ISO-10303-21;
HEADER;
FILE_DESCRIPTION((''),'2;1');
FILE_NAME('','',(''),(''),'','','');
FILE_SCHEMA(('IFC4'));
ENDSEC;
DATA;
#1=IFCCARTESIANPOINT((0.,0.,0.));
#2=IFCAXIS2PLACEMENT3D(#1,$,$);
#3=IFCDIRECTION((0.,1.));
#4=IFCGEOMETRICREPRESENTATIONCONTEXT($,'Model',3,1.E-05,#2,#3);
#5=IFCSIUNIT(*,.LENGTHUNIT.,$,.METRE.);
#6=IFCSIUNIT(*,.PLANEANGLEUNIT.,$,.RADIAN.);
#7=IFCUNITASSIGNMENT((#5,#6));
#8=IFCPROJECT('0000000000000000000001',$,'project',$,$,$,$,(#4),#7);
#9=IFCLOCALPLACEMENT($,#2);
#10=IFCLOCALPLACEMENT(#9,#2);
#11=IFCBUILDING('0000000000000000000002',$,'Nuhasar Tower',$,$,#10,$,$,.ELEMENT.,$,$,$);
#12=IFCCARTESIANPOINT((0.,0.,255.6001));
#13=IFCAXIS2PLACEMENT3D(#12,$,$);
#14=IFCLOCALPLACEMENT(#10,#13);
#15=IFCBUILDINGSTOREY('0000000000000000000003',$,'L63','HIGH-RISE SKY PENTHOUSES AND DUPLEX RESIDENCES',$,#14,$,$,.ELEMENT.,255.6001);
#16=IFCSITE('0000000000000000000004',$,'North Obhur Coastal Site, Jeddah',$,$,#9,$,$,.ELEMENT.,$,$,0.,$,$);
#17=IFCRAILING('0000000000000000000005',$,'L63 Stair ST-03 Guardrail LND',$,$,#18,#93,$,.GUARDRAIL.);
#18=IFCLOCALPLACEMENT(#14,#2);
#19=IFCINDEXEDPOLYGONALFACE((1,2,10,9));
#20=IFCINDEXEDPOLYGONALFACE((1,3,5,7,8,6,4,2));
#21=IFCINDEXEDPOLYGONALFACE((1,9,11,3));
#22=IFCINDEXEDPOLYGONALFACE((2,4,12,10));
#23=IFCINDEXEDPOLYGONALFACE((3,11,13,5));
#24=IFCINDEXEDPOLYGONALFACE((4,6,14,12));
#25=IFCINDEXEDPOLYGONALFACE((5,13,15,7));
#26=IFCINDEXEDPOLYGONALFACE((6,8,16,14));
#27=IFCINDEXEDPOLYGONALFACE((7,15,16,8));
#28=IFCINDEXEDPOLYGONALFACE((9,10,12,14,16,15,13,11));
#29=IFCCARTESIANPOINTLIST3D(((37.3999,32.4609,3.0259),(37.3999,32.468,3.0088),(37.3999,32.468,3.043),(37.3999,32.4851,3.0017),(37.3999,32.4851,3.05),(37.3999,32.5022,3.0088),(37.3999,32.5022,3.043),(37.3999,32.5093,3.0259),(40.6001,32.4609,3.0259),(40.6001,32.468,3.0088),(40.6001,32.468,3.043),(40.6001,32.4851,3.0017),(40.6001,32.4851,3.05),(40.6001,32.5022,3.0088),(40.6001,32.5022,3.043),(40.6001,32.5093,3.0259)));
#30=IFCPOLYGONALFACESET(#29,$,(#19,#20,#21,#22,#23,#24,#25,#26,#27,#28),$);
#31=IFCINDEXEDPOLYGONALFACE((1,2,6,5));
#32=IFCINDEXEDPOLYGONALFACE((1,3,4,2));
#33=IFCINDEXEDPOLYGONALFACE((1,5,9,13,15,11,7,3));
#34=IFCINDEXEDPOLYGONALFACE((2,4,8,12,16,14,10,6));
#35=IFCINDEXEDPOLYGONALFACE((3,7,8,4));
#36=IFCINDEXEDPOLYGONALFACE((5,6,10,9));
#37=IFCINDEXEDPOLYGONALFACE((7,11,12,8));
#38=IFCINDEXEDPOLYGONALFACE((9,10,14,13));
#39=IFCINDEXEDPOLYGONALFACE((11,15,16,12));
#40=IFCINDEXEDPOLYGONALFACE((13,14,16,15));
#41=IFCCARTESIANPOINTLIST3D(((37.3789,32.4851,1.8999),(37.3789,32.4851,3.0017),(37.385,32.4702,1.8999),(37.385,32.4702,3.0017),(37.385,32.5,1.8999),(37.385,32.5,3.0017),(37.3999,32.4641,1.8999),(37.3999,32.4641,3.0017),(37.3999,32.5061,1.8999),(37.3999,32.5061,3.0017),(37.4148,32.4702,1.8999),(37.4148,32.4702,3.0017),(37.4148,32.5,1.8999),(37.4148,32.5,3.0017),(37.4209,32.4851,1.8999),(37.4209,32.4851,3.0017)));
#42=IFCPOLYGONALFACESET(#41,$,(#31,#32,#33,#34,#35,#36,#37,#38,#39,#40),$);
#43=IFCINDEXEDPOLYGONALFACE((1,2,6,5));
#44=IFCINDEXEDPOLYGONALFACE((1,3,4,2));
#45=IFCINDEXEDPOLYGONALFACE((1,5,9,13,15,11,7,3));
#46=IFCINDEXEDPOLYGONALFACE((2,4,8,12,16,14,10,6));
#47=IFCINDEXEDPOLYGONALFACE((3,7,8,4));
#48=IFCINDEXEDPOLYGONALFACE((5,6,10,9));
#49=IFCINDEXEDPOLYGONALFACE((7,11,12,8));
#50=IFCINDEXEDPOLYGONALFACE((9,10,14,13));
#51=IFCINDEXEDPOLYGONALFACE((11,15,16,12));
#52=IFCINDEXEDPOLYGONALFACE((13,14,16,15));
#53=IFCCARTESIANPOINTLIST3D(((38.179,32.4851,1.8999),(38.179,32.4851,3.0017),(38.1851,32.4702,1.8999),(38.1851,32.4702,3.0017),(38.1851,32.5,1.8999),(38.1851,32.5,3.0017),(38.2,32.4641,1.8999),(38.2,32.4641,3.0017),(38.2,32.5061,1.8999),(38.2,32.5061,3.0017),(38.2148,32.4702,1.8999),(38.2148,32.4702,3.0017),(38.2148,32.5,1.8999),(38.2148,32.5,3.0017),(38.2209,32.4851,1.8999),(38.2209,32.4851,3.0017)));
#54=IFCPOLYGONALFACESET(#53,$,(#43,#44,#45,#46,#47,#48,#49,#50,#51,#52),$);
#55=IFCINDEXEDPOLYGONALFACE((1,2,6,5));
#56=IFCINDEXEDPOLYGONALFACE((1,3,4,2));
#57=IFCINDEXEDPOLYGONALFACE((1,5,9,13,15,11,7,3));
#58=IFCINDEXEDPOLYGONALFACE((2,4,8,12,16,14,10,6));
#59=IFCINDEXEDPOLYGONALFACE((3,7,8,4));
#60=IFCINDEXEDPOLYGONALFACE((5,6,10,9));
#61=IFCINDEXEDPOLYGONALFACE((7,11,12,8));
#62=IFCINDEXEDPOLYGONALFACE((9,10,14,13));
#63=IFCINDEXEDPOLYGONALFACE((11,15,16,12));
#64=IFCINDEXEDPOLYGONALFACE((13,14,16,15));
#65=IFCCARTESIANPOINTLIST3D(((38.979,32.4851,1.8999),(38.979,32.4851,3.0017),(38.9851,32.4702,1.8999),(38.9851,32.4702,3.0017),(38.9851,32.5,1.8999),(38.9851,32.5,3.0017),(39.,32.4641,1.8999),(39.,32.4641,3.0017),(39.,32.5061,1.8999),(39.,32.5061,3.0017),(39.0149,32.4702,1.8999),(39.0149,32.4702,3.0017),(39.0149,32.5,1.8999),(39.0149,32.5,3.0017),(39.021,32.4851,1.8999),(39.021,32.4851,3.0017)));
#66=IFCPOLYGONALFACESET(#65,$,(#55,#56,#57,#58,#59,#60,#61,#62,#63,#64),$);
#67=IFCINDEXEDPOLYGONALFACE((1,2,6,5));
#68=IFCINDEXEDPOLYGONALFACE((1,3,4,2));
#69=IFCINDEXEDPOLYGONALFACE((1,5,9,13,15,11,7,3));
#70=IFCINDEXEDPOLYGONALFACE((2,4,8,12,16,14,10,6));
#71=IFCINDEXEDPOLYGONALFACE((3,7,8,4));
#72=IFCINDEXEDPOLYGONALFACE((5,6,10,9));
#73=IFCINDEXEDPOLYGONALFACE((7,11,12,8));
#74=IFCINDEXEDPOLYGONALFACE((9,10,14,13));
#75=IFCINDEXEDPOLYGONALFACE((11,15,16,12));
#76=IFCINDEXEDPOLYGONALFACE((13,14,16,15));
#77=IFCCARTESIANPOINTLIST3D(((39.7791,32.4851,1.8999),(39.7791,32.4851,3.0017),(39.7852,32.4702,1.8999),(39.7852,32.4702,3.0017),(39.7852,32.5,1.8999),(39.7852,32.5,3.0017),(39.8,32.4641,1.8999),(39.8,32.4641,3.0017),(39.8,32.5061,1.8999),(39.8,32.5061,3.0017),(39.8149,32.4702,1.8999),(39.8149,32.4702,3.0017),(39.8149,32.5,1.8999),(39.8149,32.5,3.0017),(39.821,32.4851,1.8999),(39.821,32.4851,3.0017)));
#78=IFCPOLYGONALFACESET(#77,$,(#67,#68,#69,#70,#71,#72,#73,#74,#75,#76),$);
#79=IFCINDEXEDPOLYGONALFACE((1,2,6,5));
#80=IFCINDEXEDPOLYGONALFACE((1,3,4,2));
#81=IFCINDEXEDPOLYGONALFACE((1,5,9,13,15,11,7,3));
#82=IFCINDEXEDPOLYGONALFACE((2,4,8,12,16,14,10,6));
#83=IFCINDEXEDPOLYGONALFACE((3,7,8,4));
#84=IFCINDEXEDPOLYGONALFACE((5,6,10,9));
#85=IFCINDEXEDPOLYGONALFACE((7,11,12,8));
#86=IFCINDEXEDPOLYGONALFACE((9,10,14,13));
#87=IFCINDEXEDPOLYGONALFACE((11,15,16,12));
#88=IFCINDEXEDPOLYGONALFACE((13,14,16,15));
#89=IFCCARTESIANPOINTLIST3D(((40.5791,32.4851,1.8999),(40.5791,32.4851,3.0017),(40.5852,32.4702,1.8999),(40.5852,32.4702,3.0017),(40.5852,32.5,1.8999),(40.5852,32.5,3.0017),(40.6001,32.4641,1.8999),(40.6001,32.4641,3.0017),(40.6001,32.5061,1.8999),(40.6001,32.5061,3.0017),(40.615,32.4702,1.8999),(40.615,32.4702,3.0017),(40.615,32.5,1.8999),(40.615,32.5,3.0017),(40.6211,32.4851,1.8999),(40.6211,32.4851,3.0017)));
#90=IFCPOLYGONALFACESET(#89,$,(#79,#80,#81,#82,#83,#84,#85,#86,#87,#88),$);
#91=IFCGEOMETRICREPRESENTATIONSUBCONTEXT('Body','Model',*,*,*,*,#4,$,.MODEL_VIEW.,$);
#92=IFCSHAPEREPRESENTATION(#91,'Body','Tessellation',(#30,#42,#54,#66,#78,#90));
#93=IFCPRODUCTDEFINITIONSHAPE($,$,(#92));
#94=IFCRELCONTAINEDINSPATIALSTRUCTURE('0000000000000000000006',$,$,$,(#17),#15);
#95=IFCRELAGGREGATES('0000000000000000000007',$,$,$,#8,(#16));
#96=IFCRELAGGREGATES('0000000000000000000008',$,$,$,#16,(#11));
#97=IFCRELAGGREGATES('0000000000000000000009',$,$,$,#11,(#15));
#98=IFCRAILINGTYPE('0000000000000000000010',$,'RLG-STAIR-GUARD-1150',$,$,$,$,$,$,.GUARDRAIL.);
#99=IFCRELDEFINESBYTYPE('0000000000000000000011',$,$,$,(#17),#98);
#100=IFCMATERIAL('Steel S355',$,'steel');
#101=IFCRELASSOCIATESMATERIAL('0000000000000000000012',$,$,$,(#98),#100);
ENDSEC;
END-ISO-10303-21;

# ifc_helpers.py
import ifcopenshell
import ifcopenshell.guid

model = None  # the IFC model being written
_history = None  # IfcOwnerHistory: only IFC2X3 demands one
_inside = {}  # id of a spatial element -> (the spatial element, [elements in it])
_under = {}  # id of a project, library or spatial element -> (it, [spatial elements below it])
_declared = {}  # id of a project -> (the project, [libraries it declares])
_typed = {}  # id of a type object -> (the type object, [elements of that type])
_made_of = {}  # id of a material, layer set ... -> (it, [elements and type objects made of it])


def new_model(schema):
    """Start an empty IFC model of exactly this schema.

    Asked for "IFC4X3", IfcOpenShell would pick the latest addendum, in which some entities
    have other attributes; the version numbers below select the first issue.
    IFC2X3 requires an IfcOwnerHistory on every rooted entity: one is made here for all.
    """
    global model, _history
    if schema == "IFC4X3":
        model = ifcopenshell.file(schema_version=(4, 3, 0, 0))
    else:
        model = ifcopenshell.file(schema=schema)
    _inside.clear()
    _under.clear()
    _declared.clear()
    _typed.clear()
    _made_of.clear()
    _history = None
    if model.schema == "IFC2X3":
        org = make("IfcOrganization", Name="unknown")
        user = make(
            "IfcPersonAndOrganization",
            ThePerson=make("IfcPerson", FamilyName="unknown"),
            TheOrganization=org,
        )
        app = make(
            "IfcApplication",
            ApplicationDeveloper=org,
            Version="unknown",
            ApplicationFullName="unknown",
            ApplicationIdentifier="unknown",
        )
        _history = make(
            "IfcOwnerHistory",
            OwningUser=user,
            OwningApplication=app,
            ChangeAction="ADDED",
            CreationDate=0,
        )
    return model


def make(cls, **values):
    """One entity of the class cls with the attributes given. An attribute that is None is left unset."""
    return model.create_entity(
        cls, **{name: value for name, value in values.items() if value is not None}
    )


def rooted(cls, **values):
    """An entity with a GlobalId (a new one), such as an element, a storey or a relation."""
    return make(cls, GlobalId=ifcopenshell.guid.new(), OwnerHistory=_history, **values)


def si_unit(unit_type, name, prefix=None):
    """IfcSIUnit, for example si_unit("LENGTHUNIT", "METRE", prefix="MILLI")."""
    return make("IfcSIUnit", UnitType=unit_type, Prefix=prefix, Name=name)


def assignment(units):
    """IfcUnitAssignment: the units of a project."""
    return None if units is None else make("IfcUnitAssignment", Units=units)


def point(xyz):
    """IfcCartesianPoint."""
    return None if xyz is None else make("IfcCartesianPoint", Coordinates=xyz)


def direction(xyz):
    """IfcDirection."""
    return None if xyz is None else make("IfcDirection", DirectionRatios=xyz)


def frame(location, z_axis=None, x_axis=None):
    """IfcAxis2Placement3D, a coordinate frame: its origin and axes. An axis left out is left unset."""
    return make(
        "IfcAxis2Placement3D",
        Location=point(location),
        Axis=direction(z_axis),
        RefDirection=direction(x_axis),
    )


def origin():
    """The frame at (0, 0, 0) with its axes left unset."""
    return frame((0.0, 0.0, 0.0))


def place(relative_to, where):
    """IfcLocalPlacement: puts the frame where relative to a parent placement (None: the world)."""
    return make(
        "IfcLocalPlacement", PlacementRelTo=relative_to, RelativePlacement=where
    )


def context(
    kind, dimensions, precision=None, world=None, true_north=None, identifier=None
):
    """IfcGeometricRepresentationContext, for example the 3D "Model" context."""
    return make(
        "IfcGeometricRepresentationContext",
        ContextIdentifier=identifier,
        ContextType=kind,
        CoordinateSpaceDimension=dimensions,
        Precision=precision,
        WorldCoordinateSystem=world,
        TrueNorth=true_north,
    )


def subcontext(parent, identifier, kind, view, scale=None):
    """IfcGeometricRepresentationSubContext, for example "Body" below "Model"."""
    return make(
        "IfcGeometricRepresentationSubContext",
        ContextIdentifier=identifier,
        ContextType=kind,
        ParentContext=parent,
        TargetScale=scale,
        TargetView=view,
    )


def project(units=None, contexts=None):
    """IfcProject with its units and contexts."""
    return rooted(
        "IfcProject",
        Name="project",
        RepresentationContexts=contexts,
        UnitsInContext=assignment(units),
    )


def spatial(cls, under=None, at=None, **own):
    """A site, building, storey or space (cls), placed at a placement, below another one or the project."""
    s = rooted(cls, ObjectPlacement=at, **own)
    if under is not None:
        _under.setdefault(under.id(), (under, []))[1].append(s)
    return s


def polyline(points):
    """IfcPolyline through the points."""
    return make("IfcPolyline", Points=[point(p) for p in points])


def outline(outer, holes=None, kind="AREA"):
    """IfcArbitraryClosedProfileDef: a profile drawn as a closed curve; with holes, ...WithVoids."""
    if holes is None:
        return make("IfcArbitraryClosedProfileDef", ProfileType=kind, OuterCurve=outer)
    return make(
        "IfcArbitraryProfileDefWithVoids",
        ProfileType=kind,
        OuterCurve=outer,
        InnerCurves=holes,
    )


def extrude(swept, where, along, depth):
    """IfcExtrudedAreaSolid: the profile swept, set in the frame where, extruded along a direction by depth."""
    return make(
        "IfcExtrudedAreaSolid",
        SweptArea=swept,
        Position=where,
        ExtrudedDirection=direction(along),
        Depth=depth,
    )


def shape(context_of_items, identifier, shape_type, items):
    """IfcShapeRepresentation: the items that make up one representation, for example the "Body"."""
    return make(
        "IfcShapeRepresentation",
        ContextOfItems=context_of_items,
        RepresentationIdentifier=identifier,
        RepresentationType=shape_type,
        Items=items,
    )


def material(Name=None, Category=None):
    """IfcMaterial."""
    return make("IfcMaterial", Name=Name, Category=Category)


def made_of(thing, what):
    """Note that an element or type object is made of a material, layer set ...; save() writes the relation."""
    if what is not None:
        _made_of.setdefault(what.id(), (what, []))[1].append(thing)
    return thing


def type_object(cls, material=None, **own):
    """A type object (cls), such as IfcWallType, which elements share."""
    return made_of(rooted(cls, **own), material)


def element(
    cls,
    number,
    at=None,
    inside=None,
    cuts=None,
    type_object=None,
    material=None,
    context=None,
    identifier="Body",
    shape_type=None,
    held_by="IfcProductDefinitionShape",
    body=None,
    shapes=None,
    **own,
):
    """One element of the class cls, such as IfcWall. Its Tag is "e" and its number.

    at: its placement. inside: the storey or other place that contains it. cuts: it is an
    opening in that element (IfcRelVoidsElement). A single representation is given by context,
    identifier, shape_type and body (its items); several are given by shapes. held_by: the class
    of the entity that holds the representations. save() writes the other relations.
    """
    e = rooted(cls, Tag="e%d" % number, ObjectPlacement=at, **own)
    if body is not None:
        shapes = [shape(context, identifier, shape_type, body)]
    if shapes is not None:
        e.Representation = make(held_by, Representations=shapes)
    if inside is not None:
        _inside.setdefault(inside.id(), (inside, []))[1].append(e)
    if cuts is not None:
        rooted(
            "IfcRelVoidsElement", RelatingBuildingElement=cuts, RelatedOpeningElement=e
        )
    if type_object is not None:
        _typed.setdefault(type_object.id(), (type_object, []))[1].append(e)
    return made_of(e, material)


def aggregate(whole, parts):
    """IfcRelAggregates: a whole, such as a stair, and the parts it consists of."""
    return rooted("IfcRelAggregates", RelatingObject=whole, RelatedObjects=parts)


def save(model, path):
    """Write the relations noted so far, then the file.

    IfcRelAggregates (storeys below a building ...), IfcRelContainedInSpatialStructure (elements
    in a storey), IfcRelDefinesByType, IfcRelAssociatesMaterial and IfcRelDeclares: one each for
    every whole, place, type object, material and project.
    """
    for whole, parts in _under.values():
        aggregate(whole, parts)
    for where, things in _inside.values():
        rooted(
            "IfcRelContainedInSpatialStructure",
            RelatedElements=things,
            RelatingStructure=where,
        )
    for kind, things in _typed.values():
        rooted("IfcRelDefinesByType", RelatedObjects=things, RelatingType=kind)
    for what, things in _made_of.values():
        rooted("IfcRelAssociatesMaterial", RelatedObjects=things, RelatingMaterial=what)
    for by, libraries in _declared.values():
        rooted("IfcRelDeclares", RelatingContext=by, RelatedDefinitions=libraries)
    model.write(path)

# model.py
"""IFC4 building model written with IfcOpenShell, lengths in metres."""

from ifc_helpers import new_model, si_unit, direction, frame, origin, place, context, subcontext, project, spatial, polyline, outline, extrude, material, type_object, element, save


model = new_model("IFC4")

# Units and contexts
model_context = context("Model", 3, precision=1e-05, world=origin(), true_north=direction((0.0, 1.0)))
body_context = subcontext(model_context, "Body", "Model", "MODEL_VIEW")
ifc_project = project(units=[si_unit("LENGTHUNIT", "METRE"), si_unit("PLANEANGLEUNIT", "RADIAN")], contexts=[model_context])

# Site, building, storey
site_placement = place(None, origin())
site = spatial("IfcSite", under=ifc_project, at=site_placement, Name="North Obhur Coastal Site, Jeddah", CompositionType="ELEMENT", RefElevation=0.0)
building_placement = place(site_placement, origin())
building = spatial("IfcBuilding", under=site, at=building_placement, Name="Nuhasar Tower", CompositionType="ELEMENT")
storey_placement = place(building_placement, frame((0.0, 0.0, 255.6001)))
storey = spatial("IfcBuildingStorey", under=building, at=storey_placement, Name="L63", Description="HIGH-RISE SKY PENTHOUSES AND DUPLEX RESIDENCES", CompositionType="ELEMENT", Elevation=255.6001)

# Shared definitions
ifc_material_1 = material(Name="Steel S355", Category="steel")

# Railing
railing_type_1 = type_object("IfcRailingType", Name="RLG-STAIR-GUARD-1150", PredefinedType="GUARDRAIL", material=ifc_material_1)
railing_1_placement = place(storey_placement, frame((37.3999, 32.4851, 1.8999)))
element("IfcRailing", 1, at=railing_1_placement, inside=storey, type_object=railing_type_1, Name="L63 Stair ST-03 Guardrail LND", PredefinedType="GUARDRAIL", context=body_context, shape_type="SweptSolid", body=[
    extrude(outline(polyline([(0.0242, 0.0), (0.0171, 0.0171), (0.0, 0.0242), (-0.0171, 0.0171), (-0.0242, 0.0), (-0.0171, -0.0171), (0.0, -0.0242), (0.0171, -0.0171), (0.0242, 0.0)])), frame((0.0, 0.0, 1.126), z_axis=(1.0, 0.0, 0.0), x_axis=(0.0, 1.0, 0.0)), (0.0, 0.0, 1.0), 3.2002),
    extrude(outline(polyline([(0.021, 0.0), (0.0149, 0.0149), (0.0, 0.021), (-0.0149, 0.0149), (-0.021, 0.0), (-0.0149, -0.0149), (0.0, -0.021), (0.0149, -0.0149), (0.021, 0.0)])), origin(), (0.0, 0.0, 1.0), 1.1018),
    extrude(outline(polyline([(0.021, 0.0), (0.0149, 0.0149), (0.0, 0.021), (-0.0149, 0.0149), (-0.021, 0.0), (-0.0149, -0.0149), (0.0, -0.021), (0.0149, -0.0149), (0.021, 0.0)])), frame((0.8, 0.0, 0.0)), (0.0, 0.0, 1.0), 1.1018),
    extrude(outline(polyline([(0.021, 0.0), (0.0149, 0.0149), (0.0, 0.021), (-0.0149, 0.0149), (-0.021, 0.0), (-0.0149, -0.0149), (0.0, -0.021), (0.0149, -0.0149), (0.021, 0.0)])), frame((1.6001, 0.0, 0.0)), (0.0, 0.0, 1.0), 1.1018),
    extrude(outline(polyline([(0.021, 0.0), (0.0149, 0.0149), (0.0, 0.021), (-0.0149, 0.0149), (-0.021, 0.0), (-0.0149, -0.0149), (0.0, -0.021), (0.0149, -0.0149), (0.021, 0.0)])), frame((2.4001, 0.0, 0.0)), (0.0, 0.0, 1.0), 1.1018),
    extrude(outline(polyline([(0.021, 0.0), (0.0149, 0.0149), (0.0, 0.021), (-0.0149, 0.0149), (-0.021, 0.0), (-0.0149, -0.0149), (0.0, -0.021), (0.0149, -0.0149), (0.021, 0.0)])), frame((3.2002, 0.0, 0.0)), (0.0, 0.0, 1.0), 1.1018),
])

save(model, "model.ifc")
